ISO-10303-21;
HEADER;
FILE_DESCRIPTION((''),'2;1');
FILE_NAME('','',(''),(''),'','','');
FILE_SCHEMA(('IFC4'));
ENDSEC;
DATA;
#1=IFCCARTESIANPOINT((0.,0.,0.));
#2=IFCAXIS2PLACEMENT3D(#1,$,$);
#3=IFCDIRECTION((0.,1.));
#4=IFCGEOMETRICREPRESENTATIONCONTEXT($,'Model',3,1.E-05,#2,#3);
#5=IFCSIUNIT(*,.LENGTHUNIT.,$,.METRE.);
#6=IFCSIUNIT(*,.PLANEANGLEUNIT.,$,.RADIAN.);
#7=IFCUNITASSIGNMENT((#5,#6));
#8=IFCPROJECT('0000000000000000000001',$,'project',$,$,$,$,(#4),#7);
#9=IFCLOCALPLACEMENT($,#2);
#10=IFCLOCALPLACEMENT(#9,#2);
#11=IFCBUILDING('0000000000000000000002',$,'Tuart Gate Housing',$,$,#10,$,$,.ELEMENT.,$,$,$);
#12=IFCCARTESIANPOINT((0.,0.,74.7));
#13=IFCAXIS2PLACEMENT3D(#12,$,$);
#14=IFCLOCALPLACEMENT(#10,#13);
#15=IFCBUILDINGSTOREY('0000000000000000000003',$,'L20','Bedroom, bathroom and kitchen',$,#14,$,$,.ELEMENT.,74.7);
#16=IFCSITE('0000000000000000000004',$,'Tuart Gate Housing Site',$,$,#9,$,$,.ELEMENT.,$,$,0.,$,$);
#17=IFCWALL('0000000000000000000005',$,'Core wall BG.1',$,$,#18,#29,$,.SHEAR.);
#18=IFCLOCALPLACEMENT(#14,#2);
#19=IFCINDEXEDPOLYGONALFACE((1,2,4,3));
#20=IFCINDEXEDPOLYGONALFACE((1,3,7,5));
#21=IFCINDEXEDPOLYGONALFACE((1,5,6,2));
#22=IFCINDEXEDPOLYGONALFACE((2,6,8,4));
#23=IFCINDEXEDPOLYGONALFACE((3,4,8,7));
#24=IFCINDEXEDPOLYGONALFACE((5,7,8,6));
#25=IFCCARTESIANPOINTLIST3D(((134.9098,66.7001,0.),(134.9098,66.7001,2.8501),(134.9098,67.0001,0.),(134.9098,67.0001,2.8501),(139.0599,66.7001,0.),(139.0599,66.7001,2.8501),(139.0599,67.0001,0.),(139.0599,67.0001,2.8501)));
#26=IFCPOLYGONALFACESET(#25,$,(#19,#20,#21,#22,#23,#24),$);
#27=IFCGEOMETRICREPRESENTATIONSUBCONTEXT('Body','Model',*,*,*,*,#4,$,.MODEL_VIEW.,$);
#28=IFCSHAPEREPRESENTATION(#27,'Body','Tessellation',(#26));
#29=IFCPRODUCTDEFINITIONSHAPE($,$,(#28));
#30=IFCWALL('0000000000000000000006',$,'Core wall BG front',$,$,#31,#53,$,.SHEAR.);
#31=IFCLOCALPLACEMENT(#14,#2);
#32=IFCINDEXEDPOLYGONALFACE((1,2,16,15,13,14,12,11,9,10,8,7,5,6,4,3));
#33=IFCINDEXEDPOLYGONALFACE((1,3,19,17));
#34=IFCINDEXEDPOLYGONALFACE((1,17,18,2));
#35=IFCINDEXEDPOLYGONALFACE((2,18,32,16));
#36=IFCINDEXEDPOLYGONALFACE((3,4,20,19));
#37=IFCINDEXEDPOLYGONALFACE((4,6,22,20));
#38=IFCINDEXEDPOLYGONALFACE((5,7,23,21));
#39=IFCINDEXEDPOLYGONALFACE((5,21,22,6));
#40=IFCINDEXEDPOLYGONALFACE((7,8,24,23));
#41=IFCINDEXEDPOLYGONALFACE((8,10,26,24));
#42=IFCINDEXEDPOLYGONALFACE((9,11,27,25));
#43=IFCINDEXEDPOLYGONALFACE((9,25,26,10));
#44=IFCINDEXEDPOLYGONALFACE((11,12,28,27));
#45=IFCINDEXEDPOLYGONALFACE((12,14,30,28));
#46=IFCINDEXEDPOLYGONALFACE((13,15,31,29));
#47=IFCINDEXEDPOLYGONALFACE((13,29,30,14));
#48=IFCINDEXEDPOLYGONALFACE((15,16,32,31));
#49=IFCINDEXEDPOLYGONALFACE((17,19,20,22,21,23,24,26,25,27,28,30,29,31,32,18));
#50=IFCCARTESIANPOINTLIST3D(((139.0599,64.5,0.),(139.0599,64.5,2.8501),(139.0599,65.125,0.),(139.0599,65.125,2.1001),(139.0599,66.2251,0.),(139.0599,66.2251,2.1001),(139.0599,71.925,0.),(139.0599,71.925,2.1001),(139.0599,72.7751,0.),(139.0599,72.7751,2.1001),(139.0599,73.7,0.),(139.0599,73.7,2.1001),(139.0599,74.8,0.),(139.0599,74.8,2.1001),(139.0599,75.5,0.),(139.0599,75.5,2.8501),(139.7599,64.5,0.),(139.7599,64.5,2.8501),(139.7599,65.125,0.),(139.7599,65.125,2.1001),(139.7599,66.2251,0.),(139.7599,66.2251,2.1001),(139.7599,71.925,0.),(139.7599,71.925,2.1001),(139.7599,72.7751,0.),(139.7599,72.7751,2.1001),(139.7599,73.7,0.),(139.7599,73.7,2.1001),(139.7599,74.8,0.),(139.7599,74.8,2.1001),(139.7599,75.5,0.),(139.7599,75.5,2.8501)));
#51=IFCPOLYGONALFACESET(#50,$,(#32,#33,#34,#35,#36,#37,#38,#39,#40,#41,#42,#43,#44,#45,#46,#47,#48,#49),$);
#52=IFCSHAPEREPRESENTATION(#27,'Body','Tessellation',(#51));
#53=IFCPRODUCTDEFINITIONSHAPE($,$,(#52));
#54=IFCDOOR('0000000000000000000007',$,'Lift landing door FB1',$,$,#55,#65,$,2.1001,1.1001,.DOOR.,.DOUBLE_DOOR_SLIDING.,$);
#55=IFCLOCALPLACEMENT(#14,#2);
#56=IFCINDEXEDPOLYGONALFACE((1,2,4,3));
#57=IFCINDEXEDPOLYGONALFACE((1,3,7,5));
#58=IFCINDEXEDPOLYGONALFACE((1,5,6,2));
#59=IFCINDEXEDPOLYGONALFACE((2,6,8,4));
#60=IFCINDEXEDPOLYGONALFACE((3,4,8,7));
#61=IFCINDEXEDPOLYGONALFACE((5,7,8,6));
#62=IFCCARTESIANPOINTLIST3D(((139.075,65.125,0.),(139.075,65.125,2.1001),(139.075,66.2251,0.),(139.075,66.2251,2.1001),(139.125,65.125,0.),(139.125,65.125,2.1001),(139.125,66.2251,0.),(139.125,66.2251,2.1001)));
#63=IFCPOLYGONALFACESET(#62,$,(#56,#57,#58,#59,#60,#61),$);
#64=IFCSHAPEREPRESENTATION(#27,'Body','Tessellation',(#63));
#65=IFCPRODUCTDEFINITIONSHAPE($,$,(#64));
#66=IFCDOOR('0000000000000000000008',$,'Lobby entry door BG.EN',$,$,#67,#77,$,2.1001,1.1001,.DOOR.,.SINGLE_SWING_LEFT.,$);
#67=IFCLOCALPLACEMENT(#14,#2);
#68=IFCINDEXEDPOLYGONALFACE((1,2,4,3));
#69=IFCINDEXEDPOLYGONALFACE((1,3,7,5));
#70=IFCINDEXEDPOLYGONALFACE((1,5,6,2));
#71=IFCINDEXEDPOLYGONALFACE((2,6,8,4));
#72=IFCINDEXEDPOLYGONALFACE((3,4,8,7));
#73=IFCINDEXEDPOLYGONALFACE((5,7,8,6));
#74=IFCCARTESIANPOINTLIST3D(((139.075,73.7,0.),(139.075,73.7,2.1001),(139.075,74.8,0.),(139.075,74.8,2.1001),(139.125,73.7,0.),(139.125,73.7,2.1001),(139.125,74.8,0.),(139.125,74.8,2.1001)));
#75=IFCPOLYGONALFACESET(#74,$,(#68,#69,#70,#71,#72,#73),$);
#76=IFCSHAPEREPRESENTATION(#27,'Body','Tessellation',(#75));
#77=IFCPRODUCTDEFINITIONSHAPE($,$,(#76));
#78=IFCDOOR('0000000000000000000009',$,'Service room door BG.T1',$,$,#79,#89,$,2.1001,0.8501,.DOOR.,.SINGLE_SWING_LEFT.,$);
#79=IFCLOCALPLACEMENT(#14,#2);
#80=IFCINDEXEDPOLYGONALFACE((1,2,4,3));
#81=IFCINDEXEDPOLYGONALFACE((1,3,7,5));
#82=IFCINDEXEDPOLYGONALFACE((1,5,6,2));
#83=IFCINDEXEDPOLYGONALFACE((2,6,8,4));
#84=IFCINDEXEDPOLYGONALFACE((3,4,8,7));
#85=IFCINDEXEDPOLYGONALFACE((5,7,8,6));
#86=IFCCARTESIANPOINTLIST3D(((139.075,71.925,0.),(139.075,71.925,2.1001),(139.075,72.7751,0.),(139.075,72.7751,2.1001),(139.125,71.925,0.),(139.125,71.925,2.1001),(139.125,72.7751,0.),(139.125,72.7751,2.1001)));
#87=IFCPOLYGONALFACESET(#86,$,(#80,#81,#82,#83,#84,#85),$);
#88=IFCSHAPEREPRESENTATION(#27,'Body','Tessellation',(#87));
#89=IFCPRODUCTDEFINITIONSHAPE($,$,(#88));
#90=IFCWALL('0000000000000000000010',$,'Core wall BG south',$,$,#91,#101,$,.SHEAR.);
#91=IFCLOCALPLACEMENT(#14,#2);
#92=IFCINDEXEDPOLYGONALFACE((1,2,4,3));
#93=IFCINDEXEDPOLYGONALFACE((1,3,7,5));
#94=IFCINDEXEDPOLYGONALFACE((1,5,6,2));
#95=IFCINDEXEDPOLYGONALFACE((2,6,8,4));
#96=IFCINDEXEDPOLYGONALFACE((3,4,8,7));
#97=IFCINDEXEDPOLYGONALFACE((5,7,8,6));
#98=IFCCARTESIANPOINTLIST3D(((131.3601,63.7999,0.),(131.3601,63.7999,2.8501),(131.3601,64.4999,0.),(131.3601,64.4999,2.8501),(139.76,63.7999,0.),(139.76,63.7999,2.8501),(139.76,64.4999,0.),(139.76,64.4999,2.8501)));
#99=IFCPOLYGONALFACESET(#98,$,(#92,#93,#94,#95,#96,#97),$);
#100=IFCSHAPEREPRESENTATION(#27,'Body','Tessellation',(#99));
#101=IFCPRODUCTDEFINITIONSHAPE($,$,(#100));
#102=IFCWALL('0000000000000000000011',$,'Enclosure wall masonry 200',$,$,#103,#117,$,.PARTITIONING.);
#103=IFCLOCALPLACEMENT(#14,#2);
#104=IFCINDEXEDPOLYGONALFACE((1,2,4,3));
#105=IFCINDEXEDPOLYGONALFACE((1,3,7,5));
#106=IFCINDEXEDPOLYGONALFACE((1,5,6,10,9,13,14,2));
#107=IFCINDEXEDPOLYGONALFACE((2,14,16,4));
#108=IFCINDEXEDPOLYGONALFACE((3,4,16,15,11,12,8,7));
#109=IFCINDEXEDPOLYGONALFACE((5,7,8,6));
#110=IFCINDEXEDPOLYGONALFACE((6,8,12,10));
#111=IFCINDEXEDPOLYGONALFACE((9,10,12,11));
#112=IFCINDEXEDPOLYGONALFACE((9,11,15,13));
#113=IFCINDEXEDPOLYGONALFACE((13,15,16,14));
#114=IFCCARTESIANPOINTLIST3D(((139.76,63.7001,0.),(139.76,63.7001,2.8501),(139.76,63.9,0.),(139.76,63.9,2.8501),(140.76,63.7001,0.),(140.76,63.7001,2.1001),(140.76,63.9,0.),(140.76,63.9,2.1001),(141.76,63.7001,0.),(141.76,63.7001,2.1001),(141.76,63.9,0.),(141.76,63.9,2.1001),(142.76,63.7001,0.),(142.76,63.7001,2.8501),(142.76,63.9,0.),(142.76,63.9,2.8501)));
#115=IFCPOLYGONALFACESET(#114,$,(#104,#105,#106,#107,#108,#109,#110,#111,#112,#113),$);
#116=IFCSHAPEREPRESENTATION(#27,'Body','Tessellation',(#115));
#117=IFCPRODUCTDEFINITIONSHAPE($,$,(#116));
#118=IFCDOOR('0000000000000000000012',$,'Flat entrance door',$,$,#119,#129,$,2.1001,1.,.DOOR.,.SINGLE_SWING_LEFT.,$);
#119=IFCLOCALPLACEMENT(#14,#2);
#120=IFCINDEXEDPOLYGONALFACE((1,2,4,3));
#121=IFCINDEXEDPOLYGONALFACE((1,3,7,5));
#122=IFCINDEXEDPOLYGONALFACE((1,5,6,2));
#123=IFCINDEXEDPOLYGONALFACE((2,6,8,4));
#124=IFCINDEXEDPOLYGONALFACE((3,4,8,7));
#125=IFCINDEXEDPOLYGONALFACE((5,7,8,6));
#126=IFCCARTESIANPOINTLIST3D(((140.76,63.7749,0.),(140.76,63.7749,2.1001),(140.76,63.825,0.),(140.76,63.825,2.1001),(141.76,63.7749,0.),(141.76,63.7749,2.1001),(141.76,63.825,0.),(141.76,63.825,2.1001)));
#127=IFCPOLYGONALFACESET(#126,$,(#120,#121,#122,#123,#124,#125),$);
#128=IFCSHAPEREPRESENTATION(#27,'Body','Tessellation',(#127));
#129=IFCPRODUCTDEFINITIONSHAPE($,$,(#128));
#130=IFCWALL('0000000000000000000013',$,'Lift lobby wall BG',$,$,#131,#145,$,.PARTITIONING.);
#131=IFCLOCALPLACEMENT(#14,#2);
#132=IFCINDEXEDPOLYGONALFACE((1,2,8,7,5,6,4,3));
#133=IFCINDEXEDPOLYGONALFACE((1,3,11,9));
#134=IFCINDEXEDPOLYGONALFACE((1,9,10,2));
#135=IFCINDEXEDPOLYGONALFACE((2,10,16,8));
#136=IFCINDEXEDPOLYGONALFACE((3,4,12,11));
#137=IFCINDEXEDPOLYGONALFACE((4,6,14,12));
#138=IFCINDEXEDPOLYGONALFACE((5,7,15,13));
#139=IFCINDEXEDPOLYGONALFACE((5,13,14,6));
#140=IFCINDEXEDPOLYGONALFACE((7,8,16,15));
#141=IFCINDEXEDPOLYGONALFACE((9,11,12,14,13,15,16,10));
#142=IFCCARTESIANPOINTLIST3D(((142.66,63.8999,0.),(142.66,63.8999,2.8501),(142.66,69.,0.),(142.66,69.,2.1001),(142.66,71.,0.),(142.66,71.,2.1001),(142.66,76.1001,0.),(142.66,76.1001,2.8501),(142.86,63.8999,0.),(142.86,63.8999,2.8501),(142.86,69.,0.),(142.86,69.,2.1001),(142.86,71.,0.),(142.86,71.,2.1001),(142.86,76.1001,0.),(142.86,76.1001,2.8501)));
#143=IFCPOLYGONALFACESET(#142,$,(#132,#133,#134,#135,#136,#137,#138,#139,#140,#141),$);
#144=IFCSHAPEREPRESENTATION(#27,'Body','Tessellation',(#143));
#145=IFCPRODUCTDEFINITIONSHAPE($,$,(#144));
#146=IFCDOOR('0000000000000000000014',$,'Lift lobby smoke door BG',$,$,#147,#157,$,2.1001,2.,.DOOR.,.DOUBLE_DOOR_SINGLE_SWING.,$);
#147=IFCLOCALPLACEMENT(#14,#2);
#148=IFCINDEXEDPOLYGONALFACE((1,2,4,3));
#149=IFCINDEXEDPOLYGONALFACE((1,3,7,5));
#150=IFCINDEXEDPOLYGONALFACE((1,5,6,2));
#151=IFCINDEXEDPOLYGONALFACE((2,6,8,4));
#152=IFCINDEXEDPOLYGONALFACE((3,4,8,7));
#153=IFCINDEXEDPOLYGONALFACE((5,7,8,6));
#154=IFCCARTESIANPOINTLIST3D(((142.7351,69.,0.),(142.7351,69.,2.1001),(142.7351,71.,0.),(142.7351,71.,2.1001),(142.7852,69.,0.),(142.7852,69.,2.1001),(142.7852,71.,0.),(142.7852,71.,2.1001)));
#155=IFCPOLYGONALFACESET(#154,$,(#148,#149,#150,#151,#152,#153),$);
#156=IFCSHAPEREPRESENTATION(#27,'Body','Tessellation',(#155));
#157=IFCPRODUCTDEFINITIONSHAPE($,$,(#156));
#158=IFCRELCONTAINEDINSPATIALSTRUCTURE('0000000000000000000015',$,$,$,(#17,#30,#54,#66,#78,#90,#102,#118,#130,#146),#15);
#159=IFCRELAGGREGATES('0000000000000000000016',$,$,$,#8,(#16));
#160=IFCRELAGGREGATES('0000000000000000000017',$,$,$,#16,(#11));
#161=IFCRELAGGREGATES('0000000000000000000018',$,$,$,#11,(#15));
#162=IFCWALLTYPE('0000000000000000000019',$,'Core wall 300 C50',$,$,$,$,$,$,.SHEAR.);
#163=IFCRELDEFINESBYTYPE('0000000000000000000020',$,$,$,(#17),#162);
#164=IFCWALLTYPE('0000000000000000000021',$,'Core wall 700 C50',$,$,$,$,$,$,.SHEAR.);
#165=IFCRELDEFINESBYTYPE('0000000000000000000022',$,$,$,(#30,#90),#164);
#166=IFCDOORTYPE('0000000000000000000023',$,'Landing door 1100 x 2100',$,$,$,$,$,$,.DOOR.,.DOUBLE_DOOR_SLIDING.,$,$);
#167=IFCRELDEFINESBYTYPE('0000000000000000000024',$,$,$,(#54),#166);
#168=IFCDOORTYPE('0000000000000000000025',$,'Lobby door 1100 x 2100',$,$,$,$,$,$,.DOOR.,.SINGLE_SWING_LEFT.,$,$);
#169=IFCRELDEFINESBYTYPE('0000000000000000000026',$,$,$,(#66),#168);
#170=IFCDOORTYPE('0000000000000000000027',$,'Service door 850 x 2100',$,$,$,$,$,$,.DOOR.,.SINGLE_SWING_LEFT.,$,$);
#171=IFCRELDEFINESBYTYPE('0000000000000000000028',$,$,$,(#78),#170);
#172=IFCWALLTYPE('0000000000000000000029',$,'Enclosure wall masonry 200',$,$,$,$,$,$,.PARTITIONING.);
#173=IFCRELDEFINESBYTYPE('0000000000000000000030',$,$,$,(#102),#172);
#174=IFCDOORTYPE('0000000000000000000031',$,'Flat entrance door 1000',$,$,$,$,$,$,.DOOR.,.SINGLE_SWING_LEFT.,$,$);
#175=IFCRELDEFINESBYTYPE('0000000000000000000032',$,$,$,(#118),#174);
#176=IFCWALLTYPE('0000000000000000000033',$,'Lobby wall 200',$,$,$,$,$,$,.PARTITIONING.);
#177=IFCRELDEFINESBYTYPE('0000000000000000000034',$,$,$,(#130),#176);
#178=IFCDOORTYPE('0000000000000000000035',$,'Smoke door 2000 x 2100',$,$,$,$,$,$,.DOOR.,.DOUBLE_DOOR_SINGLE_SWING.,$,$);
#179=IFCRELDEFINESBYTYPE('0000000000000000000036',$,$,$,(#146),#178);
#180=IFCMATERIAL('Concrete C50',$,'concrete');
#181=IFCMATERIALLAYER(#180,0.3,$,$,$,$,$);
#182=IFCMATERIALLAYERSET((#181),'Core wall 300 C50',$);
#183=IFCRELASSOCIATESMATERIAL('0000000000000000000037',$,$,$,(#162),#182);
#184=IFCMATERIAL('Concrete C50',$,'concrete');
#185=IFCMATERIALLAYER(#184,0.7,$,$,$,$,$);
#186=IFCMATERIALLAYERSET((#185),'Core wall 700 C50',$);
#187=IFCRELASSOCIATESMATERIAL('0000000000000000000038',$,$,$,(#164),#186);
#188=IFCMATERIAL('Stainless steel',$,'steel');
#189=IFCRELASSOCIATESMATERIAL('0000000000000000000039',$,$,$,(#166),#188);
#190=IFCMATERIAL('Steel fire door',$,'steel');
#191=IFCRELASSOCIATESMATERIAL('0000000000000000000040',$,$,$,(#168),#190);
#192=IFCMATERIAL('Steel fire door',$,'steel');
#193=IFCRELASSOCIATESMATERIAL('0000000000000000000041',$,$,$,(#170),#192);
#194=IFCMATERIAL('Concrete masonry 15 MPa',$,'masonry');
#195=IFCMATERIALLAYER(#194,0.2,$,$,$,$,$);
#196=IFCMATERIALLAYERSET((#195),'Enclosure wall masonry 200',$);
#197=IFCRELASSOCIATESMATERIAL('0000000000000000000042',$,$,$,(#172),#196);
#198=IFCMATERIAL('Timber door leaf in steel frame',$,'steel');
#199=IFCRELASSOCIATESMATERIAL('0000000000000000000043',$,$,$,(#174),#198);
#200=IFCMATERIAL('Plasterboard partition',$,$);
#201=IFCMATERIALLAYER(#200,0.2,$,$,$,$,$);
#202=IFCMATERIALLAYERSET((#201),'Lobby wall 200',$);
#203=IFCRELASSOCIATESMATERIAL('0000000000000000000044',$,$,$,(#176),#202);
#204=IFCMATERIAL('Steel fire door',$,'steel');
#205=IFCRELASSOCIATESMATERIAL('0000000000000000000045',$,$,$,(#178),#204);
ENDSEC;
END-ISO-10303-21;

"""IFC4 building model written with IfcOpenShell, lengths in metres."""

from ifc_helpers import new_model, si_unit, direction, frame, frame_2d, origin, place, context, subcontext, project, spatial, rectangle, extrude, material, layer, layer_set, type_object, element, fill, save


model = new_model("IFC4")

# Units and contexts
model_context = context("Model", 3, precision=1e-05, world=origin(), true_north=direction((0.0, 1.0)))
body_context = subcontext(model_context, "Body", "Model", "MODEL_VIEW")
ifc_project = project(units=[si_unit("LENGTHUNIT", "METRE"), si_unit("PLANEANGLEUNIT", "RADIAN")], contexts=[model_context])

# Site, building, storey
site_placement = place(None, origin())
site = spatial("IfcSite", under=ifc_project, at=site_placement, Name="Tuart Gate Housing Site", CompositionType="ELEMENT", RefElevation=0.0)
building_placement = place(site_placement, origin())
building = spatial("IfcBuilding", under=site, at=building_placement, Name="Tuart Gate Housing", CompositionType="ELEMENT")
storey_placement = place(building_placement, frame((0.0, 0.0, 74.7)))
storey = spatial("IfcBuildingStorey", under=building, at=storey_placement, Name="L20", Description="Bedroom, bathroom and kitchen", CompositionType="ELEMENT", Elevation=74.7)

# Wall
ifc_material_1 = material(Name="Concrete C50", Category="concrete")
ifc_layer_1 = layer(ifc_material_1, 0.3)
ifc_layer_set_1 = layer_set([ifc_layer_1], Name="Core wall 300 C50")
wall_type_1 = type_object("IfcWallType", Name="Core wall 300 C50", PredefinedType="SHEAR", material=ifc_layer_set_1)
wall_1_placement = place(storey_placement, frame((139.0601, 66.8501, 0.0), z_axis=(0.0, 0.0, 1.0), x_axis=(-1.0, 0.0, 0.0)))
element("IfcWall", 1, at=wall_1_placement, inside=storey, type_object=wall_type_1, Name="Core wall BG.1", PredefinedType="SHEAR", context=body_context, shape_type="SweptSolid", body=[
    extrude(rectangle(XDim=4.1501, YDim=0.3, at=frame_2d((2.0752, 0.0))), origin(), (0.0, 0.0, 1.0), 2.8501),
])

# Wall, openings, doors
ifc_material_2 = material(Name="Concrete C50", Category="concrete")
ifc_layer_2 = layer(ifc_material_2, 0.7)
ifc_layer_set_2 = layer_set([ifc_layer_2], Name="Core wall 700 C50")
wall_type_2 = type_object("IfcWallType", Name="Core wall 700 C50", PredefinedType="SHEAR", material=ifc_layer_set_2)
wall_2_placement = place(storey_placement, frame((139.4099, 64.5, 0.0), z_axis=(0.0, 0.0, 1.0), x_axis=(0.0, 1.0, 0.0)))
wall_2 = element("IfcWall", 2, at=wall_2_placement, inside=storey, type_object=wall_type_2, Name="Core wall BG front", PredefinedType="SHEAR", context=body_context, shape_type="SweptSolid", body=[
    extrude(rectangle(XDim=11.0, YDim=0.7, at=frame_2d((5.5, 0.0))), origin(), (0.0, 0.0, 1.0), 2.8501),
])
opening_1_placement = place(wall_2_placement, frame((0.625, 0.0, 0.0)))
opening_1 = element("IfcOpeningElement", 3, at=opening_1_placement, cuts=wall_2, PredefinedType="OPENING", context=body_context, shape_type="SweptSolid", body=[
    extrude(rectangle(XDim=1.1001, YDim=2.1001, at=frame_2d((0.55, 1.05))), frame((0.0, 0.3599, 0.0), z_axis=(0.0, -1.0, 0.0), x_axis=(1.0, 0.0, 0.0)), (0.0, 0.0, 1.0), 0.72),
])
opening_2_placement = place(wall_2_placement, frame((9.2, 0.0, 0.0)))
opening_2 = element("IfcOpeningElement", 4, at=opening_2_placement, cuts=wall_2, PredefinedType="OPENING", context=body_context, shape_type="SweptSolid", body=[
    extrude(rectangle(XDim=1.1001, YDim=2.1001, at=frame_2d((0.55, 1.05))), frame((0.0, 0.3599, 0.0), z_axis=(0.0, -1.0, 0.0), x_axis=(1.0, 0.0, 0.0)), (0.0, 0.0, 1.0), 0.72),
])
opening_3_placement = place(wall_2_placement, frame((7.425, 0.0, 0.0)))
opening_3 = element("IfcOpeningElement", 5, at=opening_3_placement, cuts=wall_2, PredefinedType="OPENING", context=body_context, shape_type="SweptSolid", body=[
    extrude(rectangle(XDim=0.8501, YDim=2.1001, at=frame_2d((0.425, 1.05))), frame((0.0, 0.3599, 0.0), z_axis=(0.0, -1.0, 0.0), x_axis=(1.0, 0.0, 0.0)), (0.0, 0.0, 1.0), 0.72),
])
ifc_material_3 = material(Name="Stainless steel", Category="steel")
door_type_1 = type_object("IfcDoorType", Name="Landing door 1100 x 2100", OperationType="DOUBLE_DOOR_SLIDING", PredefinedType="DOOR", material=ifc_material_3)
door_1_placement = place(opening_1_placement, origin())
door_1 = element("IfcDoor", 6, at=door_1_placement, inside=storey, type_object=door_type_1, Name="Lift landing door FB1", OperationType="DOUBLE_DOOR_SLIDING", OverallHeight=2.1001, OverallWidth=1.1001, PredefinedType="DOOR", context=body_context, shape_type="SweptSolid", body=[
    extrude(rectangle(XDim=1.1001, YDim=2.1001, at=frame_2d((0.55, 1.05))), frame((0.0, 0.335, 0.0), z_axis=(0.0, -1.0, 0.0), x_axis=(1.0, 0.0, 0.0)), (0.0, 0.0, 1.0), 0.05),
])
fill(opening_1, door_1)
ifc_material_4 = material(Name="Steel fire door", Category="steel")
door_type_2 = type_object("IfcDoorType", Name="Lobby door 1100 x 2100", OperationType="SINGLE_SWING_LEFT", PredefinedType="DOOR", material=ifc_material_4)
door_2_placement = place(opening_2_placement, origin())
door_2 = element("IfcDoor", 7, at=door_2_placement, inside=storey, type_object=door_type_2, Name="Lobby entry door BG.EN", OperationType="SINGLE_SWING_LEFT", OverallHeight=2.1001, OverallWidth=1.1001, PredefinedType="DOOR", context=body_context, shape_type="SweptSolid", body=[
    extrude(rectangle(XDim=1.1001, YDim=2.1001, at=frame_2d((0.55, 1.05))), frame((0.0, 0.335, 0.0), z_axis=(0.0, -1.0, 0.0), x_axis=(1.0, 0.0, 0.0)), (0.0, 0.0, 1.0), 0.05),
])
fill(opening_2, door_2)
ifc_material_5 = material(Name="Steel fire door", Category="steel")
door_type_3 = type_object("IfcDoorType", Name="Service door 850 x 2100", OperationType="SINGLE_SWING_LEFT", PredefinedType="DOOR", material=ifc_material_5)
door_3_placement = place(opening_3_placement, origin())
door_3 = element("IfcDoor", 8, at=door_3_placement, inside=storey, type_object=door_type_3, Name="Service room door BG.T1", OperationType="SINGLE_SWING_LEFT", OverallHeight=2.1001, OverallWidth=0.8501, PredefinedType="DOOR", context=body_context, shape_type="SweptSolid", body=[
    extrude(rectangle(XDim=0.8501, YDim=2.1001, at=frame_2d((0.425, 1.05))), frame((0.0, 0.335, 0.0), z_axis=(0.0, -1.0, 0.0), x_axis=(1.0, 0.0, 0.0)), (0.0, 0.0, 1.0), 0.05),
])
fill(opening_3, door_3)

# Wall
wall_3_placement = place(storey_placement, frame((139.76, 64.1499, 0.0), z_axis=(0.0, 0.0, 1.0), x_axis=(-1.0, 0.0, 0.0)))
element("IfcWall", 9, at=wall_3_placement, inside=storey, type_object=wall_type_2, Name="Core wall BG south", PredefinedType="SHEAR", context=body_context, shape_type="SweptSolid", body=[
    extrude(rectangle(XDim=8.3999, YDim=0.7, at=frame_2d((4.2, 0.0))), origin(), (0.0, 0.0, 1.0), 2.8501),
])

# Walls, openings, doors
ifc_material_6 = material(Name="Concrete masonry 15 MPa", Category="masonry")
ifc_layer_3 = layer(ifc_material_6, 0.2)
ifc_layer_set_3 = layer_set([ifc_layer_3], Name="Enclosure wall masonry 200")
wall_type_3 = type_object("IfcWallType", Name="Enclosure wall masonry 200", PredefinedType="PARTITIONING", material=ifc_layer_set_3)
wall_4_placement = place(storey_placement, frame((139.76, 63.8, 0.0), z_axis=(0.0, 0.0, 1.0), x_axis=(1.0, 0.0, 0.0)))
wall_4 = element("IfcWall", 10, at=wall_4_placement, inside=storey, type_object=wall_type_3, Name="Enclosure wall masonry 200", PredefinedType="PARTITIONING", context=body_context, shape_type="SweptSolid", body=[
    extrude(rectangle(XDim=3.0, YDim=0.2, at=frame_2d((1.5, 0.0))), origin(), (0.0, 0.0, 1.0), 2.8501),
])
opening_4_placement = place(wall_4_placement, frame((1.0, 0.0, 0.0)))
opening_4 = element("IfcOpeningElement", 11, at=opening_4_placement, cuts=wall_4, PredefinedType="OPENING", context=body_context, shape_type="SweptSolid", body=[
    extrude(rectangle(XDim=1.0, YDim=2.1001, at=frame_2d((0.5, 1.05))), frame((0.0, 0.1099, 0.0), z_axis=(0.0, -1.0, 0.0), x_axis=(1.0, 0.0, 0.0)), (0.0, 0.0, 1.0), 0.22),
])
ifc_material_7 = material(Name="Timber door leaf in steel frame", Category="steel")
door_type_4 = type_object("IfcDoorType", Name="Flat entrance door 1000", OperationType="SINGLE_SWING_LEFT", PredefinedType="DOOR", material=ifc_material_7)
door_4_placement = place(opening_4_placement, frame((1.0, 0.0, 0.0), z_axis=(0.0, 0.0, 1.0), x_axis=(-1.0, 0.0, 0.0)))
door_4 = element("IfcDoor", 12, at=door_4_placement, inside=storey, type_object=door_type_4, Name="Flat entrance door", OperationType="SINGLE_SWING_LEFT", OverallHeight=2.1001, OverallWidth=1.0, PredefinedType="DOOR", context=body_context, shape_type="SweptSolid", body=[
    extrude(rectangle(XDim=1.0, YDim=2.1001, at=frame_2d((0.5, 1.05))), frame((0.0, 0.0251, 0.0), z_axis=(0.0, -1.0, 0.0), x_axis=(1.0, 0.0, 0.0)), (0.0, 0.0, 1.0), 0.05),
])
fill(opening_4, door_4)
ifc_material_8 = material(Name="Plasterboard partition")
ifc_layer_4 = layer(ifc_material_8, 0.2)
ifc_layer_set_4 = layer_set([ifc_layer_4], Name="Lobby wall 200")
wall_type_4 = type_object("IfcWallType", Name="Lobby wall 200", PredefinedType="PARTITIONING", material=ifc_layer_set_4)
wall_5_placement = place(storey_placement, frame((142.76, 63.8999, 0.0), z_axis=(0.0, 0.0, 1.0), x_axis=(0.0, 1.0, 0.0)))
wall_5 = element("IfcWall", 13, at=wall_5_placement, inside=storey, type_object=wall_type_4, Name="Lift lobby wall BG", PredefinedType="PARTITIONING", context=body_context, shape_type="SweptSolid", body=[
    extrude(rectangle(XDim=12.2002, YDim=0.2, at=frame_2d((6.1001, 0.0))), origin(), (0.0, 0.0, 1.0), 2.8501),
])
opening_5_placement = place(wall_5_placement, frame((5.1001, 0.0, 0.0)))
opening_5 = element("IfcOpeningElement", 14, at=opening_5_placement, cuts=wall_5, PredefinedType="OPENING", context=body_context, shape_type="SweptSolid", body=[
    extrude(rectangle(XDim=2.0, YDim=2.1001, at=frame_2d((1.0, 1.05))), frame((0.0, 0.1099, 0.0), z_axis=(0.0, -1.0, 0.0), x_axis=(1.0, 0.0, 0.0)), (0.0, 0.0, 1.0), 0.22),
])
ifc_material_9 = material(Name="Steel fire door", Category="steel")
door_type_5 = type_object("IfcDoorType", Name="Smoke door 2000 x 2100", OperationType="DOUBLE_DOOR_SINGLE_SWING", PredefinedType="DOOR", material=ifc_material_9)
door_5_placement = place(opening_5_placement, origin())
door_5 = element("IfcDoor", 15, at=door_5_placement, inside=storey, type_object=door_type_5, Name="Lift lobby smoke door BG", OperationType="DOUBLE_DOOR_SINGLE_SWING", OverallHeight=2.1001, OverallWidth=2.0, PredefinedType="DOOR", context=body_context, shape_type="SweptSolid", body=[
    extrude(rectangle(XDim=2.0, YDim=2.1001, at=frame_2d((1.0, 1.05))), frame((0.0, 0.0249, 0.0), z_axis=(0.0, -1.0, 0.0), x_axis=(1.0, 0.0, 0.0)), (0.0, 0.0, 1.0), 0.05),
])
fill(opening_5, door_5)

save(model, "model.ifc")
